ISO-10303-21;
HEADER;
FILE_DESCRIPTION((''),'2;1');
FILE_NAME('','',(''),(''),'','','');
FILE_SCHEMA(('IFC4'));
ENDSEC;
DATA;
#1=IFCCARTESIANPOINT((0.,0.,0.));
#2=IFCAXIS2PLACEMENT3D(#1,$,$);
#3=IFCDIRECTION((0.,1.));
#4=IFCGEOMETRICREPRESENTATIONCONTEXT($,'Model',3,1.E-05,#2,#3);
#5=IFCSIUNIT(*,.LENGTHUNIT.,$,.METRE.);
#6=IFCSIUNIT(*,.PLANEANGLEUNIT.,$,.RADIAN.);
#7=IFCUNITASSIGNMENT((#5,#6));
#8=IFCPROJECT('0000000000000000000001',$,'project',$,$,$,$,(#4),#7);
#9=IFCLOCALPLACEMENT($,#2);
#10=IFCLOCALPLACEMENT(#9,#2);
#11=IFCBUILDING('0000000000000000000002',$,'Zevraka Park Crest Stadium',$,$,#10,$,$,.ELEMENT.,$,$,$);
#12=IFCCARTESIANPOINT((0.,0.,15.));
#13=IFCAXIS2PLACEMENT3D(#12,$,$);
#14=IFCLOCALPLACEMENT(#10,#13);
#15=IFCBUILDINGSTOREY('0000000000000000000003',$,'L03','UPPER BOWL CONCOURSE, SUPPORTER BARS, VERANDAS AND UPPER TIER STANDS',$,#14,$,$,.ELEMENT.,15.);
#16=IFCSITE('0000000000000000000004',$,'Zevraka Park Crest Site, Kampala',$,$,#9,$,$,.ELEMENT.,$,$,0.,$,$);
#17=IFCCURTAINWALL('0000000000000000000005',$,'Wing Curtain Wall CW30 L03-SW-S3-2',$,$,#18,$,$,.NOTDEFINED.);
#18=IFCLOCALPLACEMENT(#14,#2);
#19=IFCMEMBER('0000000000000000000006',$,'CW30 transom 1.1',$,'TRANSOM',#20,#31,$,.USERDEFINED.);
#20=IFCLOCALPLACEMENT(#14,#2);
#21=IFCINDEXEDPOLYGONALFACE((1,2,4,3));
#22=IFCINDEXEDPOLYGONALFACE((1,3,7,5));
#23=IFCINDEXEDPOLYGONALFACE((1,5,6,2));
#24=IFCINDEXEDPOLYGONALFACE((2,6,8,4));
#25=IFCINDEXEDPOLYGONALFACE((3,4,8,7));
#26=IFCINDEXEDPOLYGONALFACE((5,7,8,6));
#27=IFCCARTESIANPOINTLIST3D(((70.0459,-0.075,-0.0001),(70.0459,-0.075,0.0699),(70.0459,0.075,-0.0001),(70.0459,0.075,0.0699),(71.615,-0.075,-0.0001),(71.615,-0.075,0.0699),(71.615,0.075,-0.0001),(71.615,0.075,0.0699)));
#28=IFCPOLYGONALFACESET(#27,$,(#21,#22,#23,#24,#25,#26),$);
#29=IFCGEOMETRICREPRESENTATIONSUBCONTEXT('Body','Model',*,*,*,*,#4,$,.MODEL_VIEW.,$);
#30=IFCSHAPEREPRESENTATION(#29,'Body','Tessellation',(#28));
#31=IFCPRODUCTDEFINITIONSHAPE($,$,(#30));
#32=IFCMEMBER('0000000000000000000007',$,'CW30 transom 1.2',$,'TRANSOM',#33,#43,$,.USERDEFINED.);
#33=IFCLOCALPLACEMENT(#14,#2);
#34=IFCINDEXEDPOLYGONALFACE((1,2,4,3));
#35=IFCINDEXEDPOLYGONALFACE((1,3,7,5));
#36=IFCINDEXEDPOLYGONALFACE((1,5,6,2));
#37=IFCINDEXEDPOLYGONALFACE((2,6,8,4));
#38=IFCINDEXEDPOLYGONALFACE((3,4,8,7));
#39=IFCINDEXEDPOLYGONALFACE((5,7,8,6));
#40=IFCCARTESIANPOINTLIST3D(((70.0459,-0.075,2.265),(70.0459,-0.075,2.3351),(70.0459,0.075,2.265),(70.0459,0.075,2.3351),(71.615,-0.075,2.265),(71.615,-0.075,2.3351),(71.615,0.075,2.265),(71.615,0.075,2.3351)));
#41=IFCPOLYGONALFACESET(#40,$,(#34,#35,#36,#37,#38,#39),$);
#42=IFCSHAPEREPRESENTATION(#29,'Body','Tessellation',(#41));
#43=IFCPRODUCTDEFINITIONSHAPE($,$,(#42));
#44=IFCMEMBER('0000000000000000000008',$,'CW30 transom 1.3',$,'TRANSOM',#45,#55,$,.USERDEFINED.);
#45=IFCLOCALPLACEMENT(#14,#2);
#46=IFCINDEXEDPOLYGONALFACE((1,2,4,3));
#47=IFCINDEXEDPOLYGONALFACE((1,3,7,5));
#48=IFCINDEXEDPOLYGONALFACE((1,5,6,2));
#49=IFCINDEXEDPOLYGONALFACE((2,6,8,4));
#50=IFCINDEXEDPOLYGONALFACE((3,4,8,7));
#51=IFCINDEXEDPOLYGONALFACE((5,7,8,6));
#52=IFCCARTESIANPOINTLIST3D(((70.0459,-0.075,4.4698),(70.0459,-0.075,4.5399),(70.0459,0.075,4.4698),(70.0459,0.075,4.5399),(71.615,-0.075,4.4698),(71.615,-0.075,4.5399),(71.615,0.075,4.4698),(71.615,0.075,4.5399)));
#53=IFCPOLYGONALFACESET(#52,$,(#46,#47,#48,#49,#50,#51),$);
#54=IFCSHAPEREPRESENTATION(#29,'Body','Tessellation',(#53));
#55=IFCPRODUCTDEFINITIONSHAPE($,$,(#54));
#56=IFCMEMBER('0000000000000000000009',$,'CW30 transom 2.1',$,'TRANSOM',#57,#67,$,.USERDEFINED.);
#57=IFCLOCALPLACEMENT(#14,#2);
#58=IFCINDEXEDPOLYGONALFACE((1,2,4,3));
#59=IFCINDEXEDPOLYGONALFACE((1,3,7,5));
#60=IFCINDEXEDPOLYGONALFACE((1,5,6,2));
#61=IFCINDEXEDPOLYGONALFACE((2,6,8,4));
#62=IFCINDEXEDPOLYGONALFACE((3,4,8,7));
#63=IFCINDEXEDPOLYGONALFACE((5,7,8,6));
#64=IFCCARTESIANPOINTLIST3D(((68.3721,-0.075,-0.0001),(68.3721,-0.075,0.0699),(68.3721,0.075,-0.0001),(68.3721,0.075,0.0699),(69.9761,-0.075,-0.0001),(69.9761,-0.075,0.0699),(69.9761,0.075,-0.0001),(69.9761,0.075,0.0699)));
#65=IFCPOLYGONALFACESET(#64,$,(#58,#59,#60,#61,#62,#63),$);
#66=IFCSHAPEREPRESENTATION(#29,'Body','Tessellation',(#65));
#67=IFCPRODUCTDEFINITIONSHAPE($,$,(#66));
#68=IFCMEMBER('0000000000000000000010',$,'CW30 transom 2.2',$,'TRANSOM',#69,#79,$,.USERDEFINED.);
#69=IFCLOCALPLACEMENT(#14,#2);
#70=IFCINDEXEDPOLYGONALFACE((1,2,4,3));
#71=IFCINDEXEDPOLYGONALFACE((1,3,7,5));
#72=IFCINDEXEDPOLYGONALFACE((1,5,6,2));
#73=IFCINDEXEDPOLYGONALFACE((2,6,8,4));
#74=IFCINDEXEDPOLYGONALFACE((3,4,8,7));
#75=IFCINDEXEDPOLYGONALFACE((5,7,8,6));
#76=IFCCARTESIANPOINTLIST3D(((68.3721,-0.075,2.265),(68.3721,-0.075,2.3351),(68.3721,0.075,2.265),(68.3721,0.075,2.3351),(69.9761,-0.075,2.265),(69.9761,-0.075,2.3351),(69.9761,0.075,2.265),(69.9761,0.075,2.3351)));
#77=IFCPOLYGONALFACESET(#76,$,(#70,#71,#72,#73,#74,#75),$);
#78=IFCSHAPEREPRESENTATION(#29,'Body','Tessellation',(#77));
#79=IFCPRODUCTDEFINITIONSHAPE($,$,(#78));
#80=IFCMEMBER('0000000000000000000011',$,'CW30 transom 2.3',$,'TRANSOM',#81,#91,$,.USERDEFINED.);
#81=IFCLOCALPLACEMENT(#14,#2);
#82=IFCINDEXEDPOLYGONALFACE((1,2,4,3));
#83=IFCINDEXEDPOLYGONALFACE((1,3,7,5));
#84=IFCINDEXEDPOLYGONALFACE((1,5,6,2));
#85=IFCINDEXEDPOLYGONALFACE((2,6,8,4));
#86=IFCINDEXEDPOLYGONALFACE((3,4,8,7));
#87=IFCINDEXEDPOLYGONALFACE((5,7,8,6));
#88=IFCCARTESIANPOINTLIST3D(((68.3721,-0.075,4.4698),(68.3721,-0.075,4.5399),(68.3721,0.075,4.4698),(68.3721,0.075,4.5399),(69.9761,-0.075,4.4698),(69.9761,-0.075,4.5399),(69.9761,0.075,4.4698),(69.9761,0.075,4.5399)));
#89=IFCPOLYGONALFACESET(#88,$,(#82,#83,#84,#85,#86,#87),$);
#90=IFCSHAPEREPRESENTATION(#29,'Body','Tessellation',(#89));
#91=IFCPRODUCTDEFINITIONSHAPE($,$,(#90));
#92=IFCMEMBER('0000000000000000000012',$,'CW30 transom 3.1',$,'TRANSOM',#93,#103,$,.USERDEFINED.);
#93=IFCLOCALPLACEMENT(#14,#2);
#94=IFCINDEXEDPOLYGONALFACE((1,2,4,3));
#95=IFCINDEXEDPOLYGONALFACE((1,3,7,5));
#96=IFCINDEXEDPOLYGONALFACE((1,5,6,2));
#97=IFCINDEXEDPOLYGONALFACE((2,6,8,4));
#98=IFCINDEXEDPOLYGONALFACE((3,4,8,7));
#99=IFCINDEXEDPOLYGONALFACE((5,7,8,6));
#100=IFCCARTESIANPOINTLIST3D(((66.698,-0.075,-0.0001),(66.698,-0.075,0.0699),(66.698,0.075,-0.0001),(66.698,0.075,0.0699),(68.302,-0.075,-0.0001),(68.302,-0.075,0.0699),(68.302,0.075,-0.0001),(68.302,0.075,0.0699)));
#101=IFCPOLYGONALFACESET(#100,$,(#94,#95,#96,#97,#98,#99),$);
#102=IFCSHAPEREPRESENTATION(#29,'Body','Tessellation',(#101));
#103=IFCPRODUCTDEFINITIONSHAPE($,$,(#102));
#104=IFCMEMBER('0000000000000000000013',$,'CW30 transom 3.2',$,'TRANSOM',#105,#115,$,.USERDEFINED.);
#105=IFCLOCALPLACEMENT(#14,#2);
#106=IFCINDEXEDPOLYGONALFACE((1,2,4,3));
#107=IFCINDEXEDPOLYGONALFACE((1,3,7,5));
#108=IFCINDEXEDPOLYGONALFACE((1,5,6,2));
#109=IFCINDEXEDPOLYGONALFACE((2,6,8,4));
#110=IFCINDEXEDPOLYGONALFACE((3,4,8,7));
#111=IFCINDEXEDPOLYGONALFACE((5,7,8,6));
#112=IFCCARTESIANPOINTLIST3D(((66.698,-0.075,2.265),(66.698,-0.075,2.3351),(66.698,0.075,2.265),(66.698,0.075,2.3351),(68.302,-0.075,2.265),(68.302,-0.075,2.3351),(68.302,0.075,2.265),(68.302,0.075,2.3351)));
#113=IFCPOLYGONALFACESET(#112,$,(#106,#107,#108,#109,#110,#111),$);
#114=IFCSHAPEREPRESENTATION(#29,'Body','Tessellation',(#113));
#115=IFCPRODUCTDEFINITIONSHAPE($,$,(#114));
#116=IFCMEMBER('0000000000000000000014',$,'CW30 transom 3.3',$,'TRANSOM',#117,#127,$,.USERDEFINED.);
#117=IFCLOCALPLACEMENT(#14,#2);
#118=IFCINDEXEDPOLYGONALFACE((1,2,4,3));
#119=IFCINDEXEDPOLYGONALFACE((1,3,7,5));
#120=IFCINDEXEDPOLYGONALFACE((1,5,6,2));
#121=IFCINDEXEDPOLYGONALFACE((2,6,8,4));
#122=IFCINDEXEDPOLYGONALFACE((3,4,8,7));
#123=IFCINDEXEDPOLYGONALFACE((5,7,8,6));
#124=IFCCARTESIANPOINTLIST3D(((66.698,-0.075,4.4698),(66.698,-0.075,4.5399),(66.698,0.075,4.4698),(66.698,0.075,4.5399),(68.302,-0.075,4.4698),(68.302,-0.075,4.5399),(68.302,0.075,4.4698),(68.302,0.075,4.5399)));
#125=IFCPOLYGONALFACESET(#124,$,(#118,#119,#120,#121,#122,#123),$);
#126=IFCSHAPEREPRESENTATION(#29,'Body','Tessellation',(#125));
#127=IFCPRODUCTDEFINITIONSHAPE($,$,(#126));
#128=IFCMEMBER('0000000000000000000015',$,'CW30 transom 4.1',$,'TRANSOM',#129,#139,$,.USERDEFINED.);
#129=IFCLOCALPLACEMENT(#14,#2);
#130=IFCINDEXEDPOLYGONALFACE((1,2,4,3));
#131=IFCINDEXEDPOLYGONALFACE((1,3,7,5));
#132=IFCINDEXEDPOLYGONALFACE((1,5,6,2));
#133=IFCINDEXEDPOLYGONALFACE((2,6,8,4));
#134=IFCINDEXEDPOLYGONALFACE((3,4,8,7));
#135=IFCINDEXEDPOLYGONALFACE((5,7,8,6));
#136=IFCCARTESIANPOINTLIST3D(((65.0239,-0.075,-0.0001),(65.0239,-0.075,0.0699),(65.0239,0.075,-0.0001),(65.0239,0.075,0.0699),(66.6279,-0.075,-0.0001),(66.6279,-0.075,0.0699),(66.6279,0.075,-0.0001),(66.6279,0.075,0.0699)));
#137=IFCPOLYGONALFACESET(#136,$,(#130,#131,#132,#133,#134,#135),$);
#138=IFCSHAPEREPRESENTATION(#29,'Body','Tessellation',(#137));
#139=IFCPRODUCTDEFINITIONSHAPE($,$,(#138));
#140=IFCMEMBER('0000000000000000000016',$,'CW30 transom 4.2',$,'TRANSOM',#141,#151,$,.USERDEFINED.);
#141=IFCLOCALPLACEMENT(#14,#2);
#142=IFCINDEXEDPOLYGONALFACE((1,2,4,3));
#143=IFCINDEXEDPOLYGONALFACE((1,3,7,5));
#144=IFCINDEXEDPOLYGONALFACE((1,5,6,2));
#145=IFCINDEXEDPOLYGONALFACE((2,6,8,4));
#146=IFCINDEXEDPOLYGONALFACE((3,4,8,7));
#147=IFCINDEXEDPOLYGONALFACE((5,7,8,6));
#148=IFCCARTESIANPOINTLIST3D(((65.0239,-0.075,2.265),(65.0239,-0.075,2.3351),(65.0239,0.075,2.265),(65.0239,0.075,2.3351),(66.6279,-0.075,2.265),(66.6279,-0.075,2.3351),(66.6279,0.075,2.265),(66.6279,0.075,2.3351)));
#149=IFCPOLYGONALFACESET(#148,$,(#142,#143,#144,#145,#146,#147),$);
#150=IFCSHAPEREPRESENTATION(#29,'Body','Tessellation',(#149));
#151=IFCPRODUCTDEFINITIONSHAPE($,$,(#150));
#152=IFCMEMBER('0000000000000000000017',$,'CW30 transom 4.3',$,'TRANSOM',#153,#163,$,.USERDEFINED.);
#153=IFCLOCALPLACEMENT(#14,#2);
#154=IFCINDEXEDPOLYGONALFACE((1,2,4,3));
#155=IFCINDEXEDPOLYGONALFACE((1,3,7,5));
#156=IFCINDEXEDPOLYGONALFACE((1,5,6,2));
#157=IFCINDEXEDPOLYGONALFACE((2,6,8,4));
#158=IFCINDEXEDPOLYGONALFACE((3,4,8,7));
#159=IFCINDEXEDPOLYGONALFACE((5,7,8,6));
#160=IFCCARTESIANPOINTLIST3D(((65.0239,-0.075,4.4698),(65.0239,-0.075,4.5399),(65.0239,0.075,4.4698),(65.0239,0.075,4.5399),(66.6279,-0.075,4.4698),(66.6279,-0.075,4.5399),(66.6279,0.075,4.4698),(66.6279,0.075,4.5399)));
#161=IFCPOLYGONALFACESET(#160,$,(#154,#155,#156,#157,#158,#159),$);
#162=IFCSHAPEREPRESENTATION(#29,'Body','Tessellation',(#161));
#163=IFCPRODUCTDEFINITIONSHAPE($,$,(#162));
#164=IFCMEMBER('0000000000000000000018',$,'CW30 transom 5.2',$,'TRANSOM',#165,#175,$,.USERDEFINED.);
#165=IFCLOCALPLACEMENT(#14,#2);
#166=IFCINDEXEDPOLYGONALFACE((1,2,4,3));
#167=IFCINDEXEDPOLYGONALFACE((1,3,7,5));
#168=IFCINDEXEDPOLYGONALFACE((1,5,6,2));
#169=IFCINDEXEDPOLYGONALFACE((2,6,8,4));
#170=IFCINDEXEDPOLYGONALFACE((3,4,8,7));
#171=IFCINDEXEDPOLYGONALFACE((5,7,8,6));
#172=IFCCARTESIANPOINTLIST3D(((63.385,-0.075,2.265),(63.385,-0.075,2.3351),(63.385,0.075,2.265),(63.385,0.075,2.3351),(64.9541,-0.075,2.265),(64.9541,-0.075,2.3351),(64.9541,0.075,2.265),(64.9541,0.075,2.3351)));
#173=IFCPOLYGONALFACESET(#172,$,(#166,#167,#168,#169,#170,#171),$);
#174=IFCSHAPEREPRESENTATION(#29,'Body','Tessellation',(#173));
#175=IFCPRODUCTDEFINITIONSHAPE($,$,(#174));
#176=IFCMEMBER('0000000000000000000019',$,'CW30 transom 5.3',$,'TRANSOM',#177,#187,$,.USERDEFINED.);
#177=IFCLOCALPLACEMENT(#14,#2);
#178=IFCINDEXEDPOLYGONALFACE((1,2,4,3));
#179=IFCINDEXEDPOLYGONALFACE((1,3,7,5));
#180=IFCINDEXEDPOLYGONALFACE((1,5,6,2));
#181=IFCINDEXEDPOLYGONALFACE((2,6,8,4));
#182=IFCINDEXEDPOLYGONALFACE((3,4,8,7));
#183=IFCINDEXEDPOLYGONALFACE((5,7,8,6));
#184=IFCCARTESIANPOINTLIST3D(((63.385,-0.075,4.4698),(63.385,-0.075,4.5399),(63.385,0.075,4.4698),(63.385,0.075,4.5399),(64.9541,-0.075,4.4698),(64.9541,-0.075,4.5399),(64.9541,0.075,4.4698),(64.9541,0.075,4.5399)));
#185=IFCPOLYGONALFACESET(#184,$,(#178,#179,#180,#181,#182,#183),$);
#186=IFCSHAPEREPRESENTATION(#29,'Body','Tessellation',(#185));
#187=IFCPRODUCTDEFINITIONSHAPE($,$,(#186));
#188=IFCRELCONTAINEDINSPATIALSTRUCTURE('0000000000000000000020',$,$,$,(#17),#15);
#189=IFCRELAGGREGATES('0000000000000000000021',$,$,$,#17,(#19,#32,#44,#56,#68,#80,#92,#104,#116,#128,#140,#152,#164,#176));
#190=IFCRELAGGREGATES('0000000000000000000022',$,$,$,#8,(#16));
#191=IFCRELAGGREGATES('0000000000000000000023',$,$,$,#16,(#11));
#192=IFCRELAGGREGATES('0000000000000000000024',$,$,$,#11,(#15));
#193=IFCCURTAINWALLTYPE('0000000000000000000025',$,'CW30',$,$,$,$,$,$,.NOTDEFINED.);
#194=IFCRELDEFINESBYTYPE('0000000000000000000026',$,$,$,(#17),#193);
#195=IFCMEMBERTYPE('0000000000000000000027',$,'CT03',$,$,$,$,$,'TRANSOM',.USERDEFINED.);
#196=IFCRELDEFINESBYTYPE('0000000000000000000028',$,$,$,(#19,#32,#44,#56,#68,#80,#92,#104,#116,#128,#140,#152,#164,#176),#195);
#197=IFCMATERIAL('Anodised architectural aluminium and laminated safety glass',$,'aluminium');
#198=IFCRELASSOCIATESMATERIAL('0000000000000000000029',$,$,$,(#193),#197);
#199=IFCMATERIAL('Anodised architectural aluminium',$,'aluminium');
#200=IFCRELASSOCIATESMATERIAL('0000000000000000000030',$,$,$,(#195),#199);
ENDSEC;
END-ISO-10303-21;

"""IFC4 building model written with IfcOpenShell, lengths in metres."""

from ifc_helpers import new_model, si_unit, direction, frame, origin, origin_2d, place, context, subcontext, project, spatial, rectangle, extrude, material, material_profile, profile_set, type_object, element, aggregate, save


model = new_model("IFC4")

# Units and contexts
model_context = context("Model", 3, precision=1e-05, world=origin(), true_north=direction((0.0, 1.0)))
body_context = subcontext(model_context, "Body", "Model", "MODEL_VIEW")
ifc_project = project(units=[si_unit("LENGTHUNIT", "METRE"), si_unit("PLANEANGLEUNIT", "RADIAN")], contexts=[model_context])

# Site, building, storey
site_placement = place(None, origin())
site = spatial("IfcSite", under=ifc_project, at=site_placement, Name="Zevraka Park Crest Site, Kampala", CompositionType="ELEMENT", RefElevation=0.0)
building_placement = place(site_placement, origin())
building = spatial("IfcBuilding", under=site, at=building_placement, Name="Zevraka Park Crest Stadium", CompositionType="ELEMENT")
storey_placement = place(building_placement, frame((0.0, 0.0, 15.0)))
storey = spatial("IfcBuildingStorey", under=building, at=storey_placement, Name="L03", Description="UPPER BOWL CONCOURSE, SUPPORTER BARS, VERANDAS AND UPPER TIER STANDS", CompositionType="ELEMENT", Elevation=15.0)

# Curtain wall
ifc_material_1 = material(Name="Anodised architectural aluminium and laminated safety glass", Category="aluminium")
curtain_wall_type_1 = type_object("IfcCurtainWallType", Name="CW30", PredefinedType="NOTDEFINED", material=ifc_material_1)
curtain_wall_1_placement = place(storey_placement, origin())
curtain_wall_1 = element("IfcCurtainWall", 1, at=curtain_wall_1_placement, inside=storey, type_object=curtain_wall_type_1, Name="Wing Curtain Wall CW30 L03-SW-S3-2", PredefinedType="NOTDEFINED")

# Members
ifc_material_2 = material(Name="Anodised architectural aluminium", Category="aluminium")
ifc_material_profile_1 = material_profile(ifc_material_2, rectangle(XDim=0.1499, YDim=0.0701, at=origin_2d()), Name="ALU TRANSOM 150x70")
ifc_profile_set_1 = profile_set([ifc_material_profile_1], Name="Anodised architectural aluminium")
member_type_1 = type_object("IfcMemberType", Name="CT03", ElementType="TRANSOM", PredefinedType="USERDEFINED", material=ifc_profile_set_1)
member_1_placement = place(storey_placement, frame((71.615, 0.0, 0.0349), z_axis=(-1.0, 0.0, 0.0), x_axis=(0.0, -1.0, 0.0)))
member_1 = element("IfcMember", 2, at=member_1_placement, type_object=member_type_1, Name="CW30 transom 1.1", ObjectType="TRANSOM", PredefinedType="USERDEFINED", context=body_context, shape_type="SweptSolid", body=[
    extrude(rectangle(XDim=0.1499, YDim=0.0701, at=origin_2d()), origin(), (0.0, 0.0, 1.0), 1.5691),
])
member_2_placement = place(storey_placement, frame((71.615, 0.0, 2.3), z_axis=(-1.0, 0.0, 0.0), x_axis=(0.0, -1.0, 0.0)))
member_2 = element("IfcMember", 3, at=member_2_placement, type_object=member_type_1, Name="CW30 transom 1.2", ObjectType="TRANSOM", PredefinedType="USERDEFINED", context=body_context, shape_type="SweptSolid", body=[
    extrude(rectangle(XDim=0.1499, YDim=0.0701, at=origin_2d()), origin(), (0.0, 0.0, 1.0), 1.5691),
])
member_3_placement = place(storey_placement, frame((71.615, 0.0, 4.5049), z_axis=(-1.0, 0.0, 0.0), x_axis=(0.0, -1.0, 0.0)))
member_3 = element("IfcMember", 4, at=member_3_placement, type_object=member_type_1, Name="CW30 transom 1.3", ObjectType="TRANSOM", PredefinedType="USERDEFINED", context=body_context, shape_type="SweptSolid", body=[
    extrude(rectangle(XDim=0.1499, YDim=0.0701, at=origin_2d()), origin(), (0.0, 0.0, 1.0), 1.5691),
])
member_4_placement = place(storey_placement, frame((69.9761, 0.0, 0.0349), z_axis=(-1.0, 0.0, 0.0), x_axis=(0.0, -1.0, 0.0)))
member_4 = element("IfcMember", 5, at=member_4_placement, type_object=member_type_1, Name="CW30 transom 2.1", ObjectType="TRANSOM", PredefinedType="USERDEFINED", context=body_context, shape_type="SweptSolid", body=[
    extrude(rectangle(XDim=0.1499, YDim=0.0701, at=origin_2d()), origin(), (0.0, 0.0, 1.0), 1.604),
])
member_5_placement = place(storey_placement, frame((69.9761, 0.0, 2.3), z_axis=(-1.0, 0.0, 0.0), x_axis=(0.0, -1.0, 0.0)))
member_5 = element("IfcMember", 6, at=member_5_placement, type_object=member_type_1, Name="CW30 transom 2.2", ObjectType="TRANSOM", PredefinedType="USERDEFINED", context=body_context, shape_type="SweptSolid", body=[
    extrude(rectangle(XDim=0.1499, YDim=0.0701, at=origin_2d()), origin(), (0.0, 0.0, 1.0), 1.604),
])
member_6_placement = place(storey_placement, frame((69.9761, 0.0, 4.5049), z_axis=(-1.0, 0.0, 0.0), x_axis=(0.0, -1.0, 0.0)))
member_6 = element("IfcMember", 7, at=member_6_placement, type_object=member_type_1, Name="CW30 transom 2.3", ObjectType="TRANSOM", PredefinedType="USERDEFINED", context=body_context, shape_type="SweptSolid", body=[
    extrude(rectangle(XDim=0.1499, YDim=0.0701, at=origin_2d()), origin(), (0.0, 0.0, 1.0), 1.604),
])
member_7_placement = place(storey_placement, frame((68.302, 0.0, 0.0349), z_axis=(-1.0, 0.0, 0.0), x_axis=(0.0, -1.0, 0.0)))
member_7 = element("IfcMember", 8, at=member_7_placement, type_object=member_type_1, Name="CW30 transom 3.1", ObjectType="TRANSOM", PredefinedType="USERDEFINED", context=body_context, shape_type="SweptSolid", body=[
    extrude(rectangle(XDim=0.1499, YDim=0.0701, at=origin_2d()), origin(), (0.0, 0.0, 1.0), 1.604),
])
member_8_placement = place(storey_placement, frame((68.302, 0.0, 2.3), z_axis=(-1.0, 0.0, 0.0), x_axis=(0.0, -1.0, 0.0)))
member_8 = element("IfcMember", 9, at=member_8_placement, type_object=member_type_1, Name="CW30 transom 3.2", ObjectType="TRANSOM", PredefinedType="USERDEFINED", context=body_context, shape_type="SweptSolid", body=[
    extrude(rectangle(XDim=0.1499, YDim=0.0701, at=origin_2d()), origin(), (0.0, 0.0, 1.0), 1.604),
])
member_9_placement = place(storey_placement, frame((68.302, 0.0, 4.5049), z_axis=(-1.0, 0.0, 0.0), x_axis=(0.0, -1.0, 0.0)))
member_9 = element("IfcMember", 10, at=member_9_placement, type_object=member_type_1, Name="CW30 transom 3.3", ObjectType="TRANSOM", PredefinedType="USERDEFINED", context=body_context, shape_type="SweptSolid", body=[
    extrude(rectangle(XDim=0.1499, YDim=0.0701, at=origin_2d()), origin(), (0.0, 0.0, 1.0), 1.604),
])
member_10_placement = place(storey_placement, frame((66.6279, 0.0, 0.0349), z_axis=(-1.0, 0.0, 0.0), x_axis=(0.0, -1.0, 0.0)))
member_10 = element("IfcMember", 11, at=member_10_placement, type_object=member_type_1, Name="CW30 transom 4.1", ObjectType="TRANSOM", PredefinedType="USERDEFINED", context=body_context, shape_type="SweptSolid", body=[
    extrude(rectangle(XDim=0.1499, YDim=0.0701, at=origin_2d()), origin(), (0.0, 0.0, 1.0), 1.604),
])
member_11_placement = place(storey_placement, frame((66.6279, 0.0, 2.3), z_axis=(-1.0, 0.0, 0.0), x_axis=(0.0, -1.0, 0.0)))
member_11 = element("IfcMember", 12, at=member_11_placement, type_object=member_type_1, Name="CW30 transom 4.2", ObjectType="TRANSOM", PredefinedType="USERDEFINED", context=body_context, shape_type="SweptSolid", body=[
    extrude(rectangle(XDim=0.1499, YDim=0.0701, at=origin_2d()), origin(), (0.0, 0.0, 1.0), 1.604),
])
member_12_placement = place(storey_placement, frame((66.6279, 0.0, 4.5049), z_axis=(-1.0, 0.0, 0.0), x_axis=(0.0, -1.0, 0.0)))
member_12 = element("IfcMember", 13, at=member_12_placement, type_object=member_type_1, Name="CW30 transom 4.3", ObjectType="TRANSOM", PredefinedType="USERDEFINED", context=body_context, shape_type="SweptSolid", body=[
    extrude(rectangle(XDim=0.1499, YDim=0.0701, at=origin_2d()), origin(), (0.0, 0.0, 1.0), 1.604),
])
member_13_placement = place(storey_placement, frame((64.9541, 0.0, 2.3), z_axis=(-1.0, 0.0, 0.0), x_axis=(0.0, -1.0, 0.0)))
member_13 = element("IfcMember", 14, at=member_13_placement, type_object=member_type_1, Name="CW30 transom 5.2", ObjectType="TRANSOM", PredefinedType="USERDEFINED", context=body_context, shape_type="SweptSolid", body=[
    extrude(rectangle(XDim=0.1499, YDim=0.0701, at=origin_2d()), origin(), (0.0, 0.0, 1.0), 1.5691),
])
member_14_placement = place(storey_placement, frame((64.9541, 0.0, 4.5049), z_axis=(-1.0, 0.0, 0.0), x_axis=(0.0, -1.0, 0.0)))
member_14 = element("IfcMember", 15, at=member_14_placement, type_object=member_type_1, Name="CW30 transom 5.3", ObjectType="TRANSOM", PredefinedType="USERDEFINED", context=body_context, shape_type="SweptSolid", body=[
    extrude(rectangle(XDim=0.1499, YDim=0.0701, at=origin_2d()), origin(), (0.0, 0.0, 1.0), 1.5691),
])

aggregate(curtain_wall_1, [member_1, member_2, member_3, member_4, member_5, member_6, member_7, member_8, member_9, member_10, member_11, member_12, member_13, member_14])

save(model, "model.ifc")
